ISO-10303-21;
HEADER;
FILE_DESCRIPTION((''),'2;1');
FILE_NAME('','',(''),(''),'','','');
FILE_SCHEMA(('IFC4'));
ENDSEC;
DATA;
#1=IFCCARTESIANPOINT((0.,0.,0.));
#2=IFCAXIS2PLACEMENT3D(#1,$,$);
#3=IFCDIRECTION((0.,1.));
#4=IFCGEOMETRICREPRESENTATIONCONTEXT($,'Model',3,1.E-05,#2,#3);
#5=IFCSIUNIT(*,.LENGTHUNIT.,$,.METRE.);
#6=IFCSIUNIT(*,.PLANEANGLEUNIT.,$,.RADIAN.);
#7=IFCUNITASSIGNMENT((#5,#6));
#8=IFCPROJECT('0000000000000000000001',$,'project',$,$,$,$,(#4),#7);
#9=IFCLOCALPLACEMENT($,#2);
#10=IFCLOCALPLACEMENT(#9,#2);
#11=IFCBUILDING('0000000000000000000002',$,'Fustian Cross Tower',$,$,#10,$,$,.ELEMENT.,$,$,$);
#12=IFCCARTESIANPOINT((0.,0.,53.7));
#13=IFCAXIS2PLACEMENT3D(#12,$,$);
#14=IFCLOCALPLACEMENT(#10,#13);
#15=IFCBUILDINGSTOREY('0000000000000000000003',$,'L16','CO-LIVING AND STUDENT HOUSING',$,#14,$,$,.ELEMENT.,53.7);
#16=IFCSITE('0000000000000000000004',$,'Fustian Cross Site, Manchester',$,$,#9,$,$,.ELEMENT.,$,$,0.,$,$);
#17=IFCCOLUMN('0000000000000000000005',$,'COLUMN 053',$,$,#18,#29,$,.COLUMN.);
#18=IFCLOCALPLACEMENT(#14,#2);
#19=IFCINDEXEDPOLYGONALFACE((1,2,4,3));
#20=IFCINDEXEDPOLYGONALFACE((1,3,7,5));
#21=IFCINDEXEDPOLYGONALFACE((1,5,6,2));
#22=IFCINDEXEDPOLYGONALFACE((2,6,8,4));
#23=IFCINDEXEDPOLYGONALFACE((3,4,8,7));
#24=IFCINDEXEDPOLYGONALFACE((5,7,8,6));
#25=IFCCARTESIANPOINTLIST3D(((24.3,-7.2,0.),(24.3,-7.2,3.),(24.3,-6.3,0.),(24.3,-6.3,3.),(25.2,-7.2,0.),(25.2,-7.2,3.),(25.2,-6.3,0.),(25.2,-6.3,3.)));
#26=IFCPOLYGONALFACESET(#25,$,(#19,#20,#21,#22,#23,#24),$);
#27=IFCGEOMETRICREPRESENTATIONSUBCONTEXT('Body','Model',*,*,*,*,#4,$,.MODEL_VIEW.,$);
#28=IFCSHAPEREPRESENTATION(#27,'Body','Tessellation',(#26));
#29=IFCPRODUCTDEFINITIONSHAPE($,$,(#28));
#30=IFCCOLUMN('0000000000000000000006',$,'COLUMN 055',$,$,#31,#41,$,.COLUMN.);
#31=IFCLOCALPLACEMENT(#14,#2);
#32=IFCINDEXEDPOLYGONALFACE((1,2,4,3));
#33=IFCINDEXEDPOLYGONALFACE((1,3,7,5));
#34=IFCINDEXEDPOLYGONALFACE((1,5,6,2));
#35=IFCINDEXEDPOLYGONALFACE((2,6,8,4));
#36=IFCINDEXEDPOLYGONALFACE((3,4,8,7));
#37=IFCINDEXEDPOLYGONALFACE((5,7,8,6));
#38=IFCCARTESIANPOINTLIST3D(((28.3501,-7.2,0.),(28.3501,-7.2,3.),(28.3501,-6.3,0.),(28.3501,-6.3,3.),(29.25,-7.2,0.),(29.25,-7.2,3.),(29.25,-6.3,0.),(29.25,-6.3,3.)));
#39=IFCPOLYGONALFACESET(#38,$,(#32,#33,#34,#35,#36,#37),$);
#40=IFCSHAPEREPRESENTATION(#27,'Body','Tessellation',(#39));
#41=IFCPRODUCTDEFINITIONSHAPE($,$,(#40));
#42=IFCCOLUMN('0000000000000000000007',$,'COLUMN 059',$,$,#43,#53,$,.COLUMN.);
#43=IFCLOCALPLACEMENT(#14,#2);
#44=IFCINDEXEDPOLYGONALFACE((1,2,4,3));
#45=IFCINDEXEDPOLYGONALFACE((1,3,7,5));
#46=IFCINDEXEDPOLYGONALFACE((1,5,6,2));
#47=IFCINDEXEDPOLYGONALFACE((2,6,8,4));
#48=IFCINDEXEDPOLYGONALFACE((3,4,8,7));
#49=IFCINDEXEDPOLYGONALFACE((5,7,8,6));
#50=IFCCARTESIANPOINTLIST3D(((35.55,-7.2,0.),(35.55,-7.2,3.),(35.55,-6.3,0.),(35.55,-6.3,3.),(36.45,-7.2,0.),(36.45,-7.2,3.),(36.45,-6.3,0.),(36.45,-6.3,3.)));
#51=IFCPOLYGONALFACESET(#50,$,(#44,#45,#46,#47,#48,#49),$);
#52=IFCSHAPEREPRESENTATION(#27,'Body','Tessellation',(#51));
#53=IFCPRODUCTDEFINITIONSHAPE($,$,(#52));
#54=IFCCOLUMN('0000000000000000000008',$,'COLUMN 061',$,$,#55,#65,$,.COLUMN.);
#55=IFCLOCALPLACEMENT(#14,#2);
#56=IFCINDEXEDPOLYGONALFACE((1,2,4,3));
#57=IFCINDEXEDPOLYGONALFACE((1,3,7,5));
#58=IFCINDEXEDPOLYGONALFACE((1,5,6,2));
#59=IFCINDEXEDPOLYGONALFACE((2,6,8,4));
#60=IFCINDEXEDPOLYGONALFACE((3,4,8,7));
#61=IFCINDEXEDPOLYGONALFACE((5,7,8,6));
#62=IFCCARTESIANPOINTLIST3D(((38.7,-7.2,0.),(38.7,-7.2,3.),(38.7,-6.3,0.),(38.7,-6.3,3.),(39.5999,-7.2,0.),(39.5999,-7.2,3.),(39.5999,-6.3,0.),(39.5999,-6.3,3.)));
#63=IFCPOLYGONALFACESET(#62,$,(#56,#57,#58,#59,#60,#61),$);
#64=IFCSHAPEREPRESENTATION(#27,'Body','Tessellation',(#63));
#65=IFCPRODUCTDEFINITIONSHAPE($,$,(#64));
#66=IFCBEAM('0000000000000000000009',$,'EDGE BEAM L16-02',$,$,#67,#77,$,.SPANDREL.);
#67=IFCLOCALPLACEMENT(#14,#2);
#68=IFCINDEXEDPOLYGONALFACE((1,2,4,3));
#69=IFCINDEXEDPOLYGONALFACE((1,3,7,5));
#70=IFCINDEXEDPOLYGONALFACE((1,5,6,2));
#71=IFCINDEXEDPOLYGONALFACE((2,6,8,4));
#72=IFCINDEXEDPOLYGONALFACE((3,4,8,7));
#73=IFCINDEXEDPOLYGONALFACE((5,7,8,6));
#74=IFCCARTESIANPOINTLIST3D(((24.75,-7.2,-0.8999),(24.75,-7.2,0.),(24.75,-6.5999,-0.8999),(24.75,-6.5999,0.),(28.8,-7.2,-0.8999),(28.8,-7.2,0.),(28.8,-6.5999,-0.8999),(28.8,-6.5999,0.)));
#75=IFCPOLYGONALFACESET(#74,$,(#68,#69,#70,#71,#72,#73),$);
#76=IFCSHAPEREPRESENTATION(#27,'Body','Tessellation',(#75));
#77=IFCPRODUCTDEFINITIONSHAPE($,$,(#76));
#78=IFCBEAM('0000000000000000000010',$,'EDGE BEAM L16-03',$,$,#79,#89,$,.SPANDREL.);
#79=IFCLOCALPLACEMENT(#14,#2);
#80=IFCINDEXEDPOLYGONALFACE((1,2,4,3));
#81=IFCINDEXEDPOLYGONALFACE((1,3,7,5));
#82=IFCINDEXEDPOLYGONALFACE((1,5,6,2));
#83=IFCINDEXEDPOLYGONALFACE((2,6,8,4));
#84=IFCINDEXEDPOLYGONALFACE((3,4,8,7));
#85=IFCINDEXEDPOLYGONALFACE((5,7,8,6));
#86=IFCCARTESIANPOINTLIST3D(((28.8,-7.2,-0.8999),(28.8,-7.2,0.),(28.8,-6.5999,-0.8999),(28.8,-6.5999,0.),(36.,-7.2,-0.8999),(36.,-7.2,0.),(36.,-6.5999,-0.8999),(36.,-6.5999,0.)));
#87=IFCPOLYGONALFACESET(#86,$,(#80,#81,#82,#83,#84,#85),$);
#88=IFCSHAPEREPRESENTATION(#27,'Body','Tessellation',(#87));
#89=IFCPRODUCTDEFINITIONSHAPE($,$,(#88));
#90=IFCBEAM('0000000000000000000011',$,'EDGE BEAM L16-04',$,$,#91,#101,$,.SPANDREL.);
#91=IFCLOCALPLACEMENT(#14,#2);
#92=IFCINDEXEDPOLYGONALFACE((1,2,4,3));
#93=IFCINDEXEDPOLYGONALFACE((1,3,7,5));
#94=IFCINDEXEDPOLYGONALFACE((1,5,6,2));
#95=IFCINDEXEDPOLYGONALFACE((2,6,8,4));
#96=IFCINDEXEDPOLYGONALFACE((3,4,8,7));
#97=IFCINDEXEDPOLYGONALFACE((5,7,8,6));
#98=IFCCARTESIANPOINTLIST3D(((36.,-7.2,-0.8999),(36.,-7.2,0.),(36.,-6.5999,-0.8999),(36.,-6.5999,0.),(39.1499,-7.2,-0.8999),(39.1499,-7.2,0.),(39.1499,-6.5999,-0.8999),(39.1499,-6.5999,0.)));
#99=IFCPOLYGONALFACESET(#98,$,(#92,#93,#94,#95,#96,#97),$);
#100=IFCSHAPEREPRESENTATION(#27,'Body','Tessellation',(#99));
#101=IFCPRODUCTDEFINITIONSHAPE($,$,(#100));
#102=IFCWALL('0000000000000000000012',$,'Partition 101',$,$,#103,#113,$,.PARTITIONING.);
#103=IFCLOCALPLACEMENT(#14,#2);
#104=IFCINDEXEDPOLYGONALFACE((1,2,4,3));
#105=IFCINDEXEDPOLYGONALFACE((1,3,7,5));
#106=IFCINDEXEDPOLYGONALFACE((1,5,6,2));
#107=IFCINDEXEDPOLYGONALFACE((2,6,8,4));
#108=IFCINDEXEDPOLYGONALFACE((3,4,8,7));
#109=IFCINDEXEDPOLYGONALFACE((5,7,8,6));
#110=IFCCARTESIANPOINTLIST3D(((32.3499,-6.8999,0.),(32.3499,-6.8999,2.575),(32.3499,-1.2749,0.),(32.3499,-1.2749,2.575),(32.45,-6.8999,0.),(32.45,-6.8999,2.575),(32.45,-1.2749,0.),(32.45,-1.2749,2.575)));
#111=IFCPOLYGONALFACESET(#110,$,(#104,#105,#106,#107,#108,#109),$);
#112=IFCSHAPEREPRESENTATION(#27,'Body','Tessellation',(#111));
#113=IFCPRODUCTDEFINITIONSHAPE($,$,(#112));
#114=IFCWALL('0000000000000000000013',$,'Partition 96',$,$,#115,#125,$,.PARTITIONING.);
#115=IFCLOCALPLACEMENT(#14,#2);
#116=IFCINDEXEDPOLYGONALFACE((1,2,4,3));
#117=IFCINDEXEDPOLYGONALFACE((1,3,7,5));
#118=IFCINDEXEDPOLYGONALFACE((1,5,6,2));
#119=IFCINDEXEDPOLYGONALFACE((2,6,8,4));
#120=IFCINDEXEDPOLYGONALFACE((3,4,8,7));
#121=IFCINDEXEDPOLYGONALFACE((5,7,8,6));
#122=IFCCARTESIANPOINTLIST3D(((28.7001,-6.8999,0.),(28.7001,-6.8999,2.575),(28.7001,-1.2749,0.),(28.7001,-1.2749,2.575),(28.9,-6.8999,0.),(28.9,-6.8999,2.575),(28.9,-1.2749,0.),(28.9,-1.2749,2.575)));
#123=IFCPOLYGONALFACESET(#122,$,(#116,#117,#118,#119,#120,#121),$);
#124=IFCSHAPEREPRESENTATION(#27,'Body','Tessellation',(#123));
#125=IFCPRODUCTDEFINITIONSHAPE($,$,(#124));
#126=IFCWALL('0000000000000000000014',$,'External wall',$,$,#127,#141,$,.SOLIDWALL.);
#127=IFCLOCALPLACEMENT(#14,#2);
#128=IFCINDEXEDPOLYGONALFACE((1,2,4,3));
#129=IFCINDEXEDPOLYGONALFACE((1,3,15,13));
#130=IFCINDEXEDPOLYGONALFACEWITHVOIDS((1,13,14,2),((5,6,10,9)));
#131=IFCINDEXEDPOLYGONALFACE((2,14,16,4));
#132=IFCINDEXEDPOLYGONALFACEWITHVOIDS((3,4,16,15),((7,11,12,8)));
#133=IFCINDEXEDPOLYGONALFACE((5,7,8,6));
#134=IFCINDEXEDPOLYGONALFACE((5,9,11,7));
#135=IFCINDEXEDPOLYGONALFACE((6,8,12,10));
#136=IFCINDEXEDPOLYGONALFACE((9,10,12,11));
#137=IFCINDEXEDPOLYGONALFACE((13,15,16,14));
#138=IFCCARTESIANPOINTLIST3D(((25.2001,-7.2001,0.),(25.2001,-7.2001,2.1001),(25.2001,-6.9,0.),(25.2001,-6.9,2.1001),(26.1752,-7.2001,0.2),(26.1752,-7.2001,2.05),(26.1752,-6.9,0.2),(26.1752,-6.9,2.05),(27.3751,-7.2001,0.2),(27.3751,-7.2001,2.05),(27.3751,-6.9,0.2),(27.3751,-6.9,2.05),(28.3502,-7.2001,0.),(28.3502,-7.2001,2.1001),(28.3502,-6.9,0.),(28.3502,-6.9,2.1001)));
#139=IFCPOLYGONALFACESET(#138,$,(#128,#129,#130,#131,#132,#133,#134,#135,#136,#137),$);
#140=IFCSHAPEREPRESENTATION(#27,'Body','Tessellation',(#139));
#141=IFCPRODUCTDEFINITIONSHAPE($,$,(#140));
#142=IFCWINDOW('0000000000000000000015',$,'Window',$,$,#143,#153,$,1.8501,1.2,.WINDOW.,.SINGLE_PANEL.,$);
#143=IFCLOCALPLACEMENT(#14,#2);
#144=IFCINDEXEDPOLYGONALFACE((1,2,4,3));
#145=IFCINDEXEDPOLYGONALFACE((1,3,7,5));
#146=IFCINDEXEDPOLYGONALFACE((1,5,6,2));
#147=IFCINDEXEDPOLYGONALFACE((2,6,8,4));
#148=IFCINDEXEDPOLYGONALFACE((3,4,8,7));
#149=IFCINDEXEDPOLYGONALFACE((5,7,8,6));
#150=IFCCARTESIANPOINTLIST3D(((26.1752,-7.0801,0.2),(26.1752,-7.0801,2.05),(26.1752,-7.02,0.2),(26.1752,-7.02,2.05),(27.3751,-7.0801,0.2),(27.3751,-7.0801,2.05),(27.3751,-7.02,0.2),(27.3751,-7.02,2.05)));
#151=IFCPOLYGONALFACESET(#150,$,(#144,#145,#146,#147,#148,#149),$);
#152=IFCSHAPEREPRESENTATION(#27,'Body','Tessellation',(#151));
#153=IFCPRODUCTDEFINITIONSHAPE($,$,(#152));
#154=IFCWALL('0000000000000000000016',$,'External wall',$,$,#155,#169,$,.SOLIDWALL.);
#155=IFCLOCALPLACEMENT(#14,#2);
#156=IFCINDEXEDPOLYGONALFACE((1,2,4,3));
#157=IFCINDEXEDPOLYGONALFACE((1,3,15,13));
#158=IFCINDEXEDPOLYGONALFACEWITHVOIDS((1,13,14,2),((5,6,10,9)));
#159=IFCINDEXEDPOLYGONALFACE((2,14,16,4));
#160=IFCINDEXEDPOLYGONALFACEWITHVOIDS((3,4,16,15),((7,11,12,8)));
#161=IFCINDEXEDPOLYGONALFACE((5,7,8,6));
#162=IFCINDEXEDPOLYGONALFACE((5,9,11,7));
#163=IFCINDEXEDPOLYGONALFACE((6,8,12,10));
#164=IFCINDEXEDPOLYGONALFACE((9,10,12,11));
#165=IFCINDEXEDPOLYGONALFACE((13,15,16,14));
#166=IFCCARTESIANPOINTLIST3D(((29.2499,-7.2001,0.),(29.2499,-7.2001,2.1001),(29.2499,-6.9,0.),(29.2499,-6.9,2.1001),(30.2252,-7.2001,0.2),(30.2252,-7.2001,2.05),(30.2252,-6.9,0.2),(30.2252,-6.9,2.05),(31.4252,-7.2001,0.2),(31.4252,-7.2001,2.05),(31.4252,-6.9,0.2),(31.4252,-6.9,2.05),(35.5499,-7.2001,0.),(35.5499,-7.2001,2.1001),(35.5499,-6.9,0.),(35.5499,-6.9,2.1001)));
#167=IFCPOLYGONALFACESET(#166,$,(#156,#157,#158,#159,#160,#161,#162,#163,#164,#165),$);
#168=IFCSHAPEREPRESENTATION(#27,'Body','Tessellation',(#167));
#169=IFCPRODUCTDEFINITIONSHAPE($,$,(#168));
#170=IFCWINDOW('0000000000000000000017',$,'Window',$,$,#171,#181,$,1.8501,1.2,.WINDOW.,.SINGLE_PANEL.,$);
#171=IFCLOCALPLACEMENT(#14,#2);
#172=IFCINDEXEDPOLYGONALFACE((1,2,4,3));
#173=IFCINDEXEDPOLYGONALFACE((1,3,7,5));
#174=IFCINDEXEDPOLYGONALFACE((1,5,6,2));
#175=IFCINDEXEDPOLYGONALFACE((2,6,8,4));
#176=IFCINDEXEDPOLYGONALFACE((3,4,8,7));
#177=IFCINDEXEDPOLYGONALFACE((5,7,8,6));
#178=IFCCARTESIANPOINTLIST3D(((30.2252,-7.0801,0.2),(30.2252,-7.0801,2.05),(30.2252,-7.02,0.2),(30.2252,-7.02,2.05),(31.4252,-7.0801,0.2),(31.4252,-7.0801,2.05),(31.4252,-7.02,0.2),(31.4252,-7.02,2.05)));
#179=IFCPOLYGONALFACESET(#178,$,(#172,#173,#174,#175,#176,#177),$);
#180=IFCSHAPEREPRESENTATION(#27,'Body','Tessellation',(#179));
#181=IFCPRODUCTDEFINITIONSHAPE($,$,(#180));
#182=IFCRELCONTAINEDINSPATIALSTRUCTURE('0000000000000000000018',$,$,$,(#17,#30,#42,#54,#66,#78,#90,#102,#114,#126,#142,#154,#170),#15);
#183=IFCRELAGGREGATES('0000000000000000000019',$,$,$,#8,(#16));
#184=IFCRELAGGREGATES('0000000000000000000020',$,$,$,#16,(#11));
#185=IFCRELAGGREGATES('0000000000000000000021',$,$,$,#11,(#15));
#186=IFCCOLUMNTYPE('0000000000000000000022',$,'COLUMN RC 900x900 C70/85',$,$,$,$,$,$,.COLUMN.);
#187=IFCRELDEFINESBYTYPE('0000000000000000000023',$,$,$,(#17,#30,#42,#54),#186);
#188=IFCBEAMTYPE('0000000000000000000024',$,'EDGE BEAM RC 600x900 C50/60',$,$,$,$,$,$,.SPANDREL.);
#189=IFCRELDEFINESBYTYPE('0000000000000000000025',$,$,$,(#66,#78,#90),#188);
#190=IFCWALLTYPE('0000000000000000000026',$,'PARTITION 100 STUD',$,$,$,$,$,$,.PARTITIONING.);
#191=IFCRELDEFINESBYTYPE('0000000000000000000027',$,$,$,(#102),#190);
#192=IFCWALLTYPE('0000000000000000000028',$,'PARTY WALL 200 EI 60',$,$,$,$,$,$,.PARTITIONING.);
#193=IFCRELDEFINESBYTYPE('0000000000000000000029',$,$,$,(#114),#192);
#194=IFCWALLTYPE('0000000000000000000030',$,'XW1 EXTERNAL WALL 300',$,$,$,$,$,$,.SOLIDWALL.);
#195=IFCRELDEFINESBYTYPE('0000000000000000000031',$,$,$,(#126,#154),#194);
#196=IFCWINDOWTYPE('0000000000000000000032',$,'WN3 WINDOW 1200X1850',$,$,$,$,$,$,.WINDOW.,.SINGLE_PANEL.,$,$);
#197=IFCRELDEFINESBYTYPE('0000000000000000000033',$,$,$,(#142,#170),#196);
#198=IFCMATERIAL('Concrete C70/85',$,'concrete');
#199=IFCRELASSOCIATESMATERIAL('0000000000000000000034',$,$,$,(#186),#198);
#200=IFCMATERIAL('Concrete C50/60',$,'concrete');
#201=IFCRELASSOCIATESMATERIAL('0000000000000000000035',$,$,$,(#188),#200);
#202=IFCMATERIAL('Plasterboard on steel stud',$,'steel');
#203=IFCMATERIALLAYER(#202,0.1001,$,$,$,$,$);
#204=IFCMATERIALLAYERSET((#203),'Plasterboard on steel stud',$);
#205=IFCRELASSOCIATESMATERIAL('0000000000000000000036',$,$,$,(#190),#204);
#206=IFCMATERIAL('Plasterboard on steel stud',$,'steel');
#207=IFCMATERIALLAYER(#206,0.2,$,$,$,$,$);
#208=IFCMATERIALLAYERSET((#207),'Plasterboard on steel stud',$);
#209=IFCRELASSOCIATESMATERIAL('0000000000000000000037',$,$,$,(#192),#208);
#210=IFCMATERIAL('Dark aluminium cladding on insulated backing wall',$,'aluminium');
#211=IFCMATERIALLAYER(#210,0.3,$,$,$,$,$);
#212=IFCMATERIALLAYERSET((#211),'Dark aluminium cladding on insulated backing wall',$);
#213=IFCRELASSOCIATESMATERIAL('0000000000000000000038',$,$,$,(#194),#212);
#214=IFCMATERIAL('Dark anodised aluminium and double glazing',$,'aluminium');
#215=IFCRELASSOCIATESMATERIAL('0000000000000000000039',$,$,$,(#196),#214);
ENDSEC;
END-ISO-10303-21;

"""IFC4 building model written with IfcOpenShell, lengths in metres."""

from ifc_helpers import new_model, si_unit, direction, frame, frame_2d, origin, origin_2d, place, context, subcontext, project, spatial, rectangle, extrude, material, layer, layer_set, material_profile, profile_set, type_object, element, fill, save


model = new_model("IFC4")

# Units and contexts
model_context = context("Model", 3, precision=1e-05, world=origin(), true_north=direction((0.0, 1.0)))
body_context = subcontext(model_context, "Body", "Model", "MODEL_VIEW")
ifc_project = project(units=[si_unit("LENGTHUNIT", "METRE"), si_unit("PLANEANGLEUNIT", "RADIAN")], contexts=[model_context])

# Site, building, storey
site_placement = place(None, origin())
site = spatial("IfcSite", under=ifc_project, at=site_placement, Name="Fustian Cross Site, Manchester", CompositionType="ELEMENT", RefElevation=0.0)
building_placement = place(site_placement, origin())
building = spatial("IfcBuilding", under=site, at=building_placement, Name="Fustian Cross Tower", CompositionType="ELEMENT")
storey_placement = place(building_placement, frame((0.0, 0.0, 53.7)))
storey = spatial("IfcBuildingStorey", under=building, at=storey_placement, Name="L16", Description="CO-LIVING AND STUDENT HOUSING", CompositionType="ELEMENT", Elevation=53.7)

# Columns
ifc_material_1 = material(Name="Concrete C70/85", Category="concrete")
ifc_material_profile_1 = material_profile(ifc_material_1, rectangle(XDim=0.8999, YDim=0.8999, at=origin_2d()), Name="RC 900x900")
ifc_profile_set_1 = profile_set([ifc_material_profile_1], Name="Concrete C70/85")
column_type = type_object("IfcColumnType", Name="COLUMN RC 900x900 C70/85", PredefinedType="COLUMN", material=ifc_profile_set_1)
for number, where, z_axis, x_axis, name in (
    (1, (24.75, -6.75, 0.0), (0.0, 0.0, 1.0), (1.0, 0.0, 0.0), "COLUMN 053"),
    (2, (28.8, -6.75, 0.0), (0.0, 0.0, 1.0), (1.0, 0.0, 0.0), "COLUMN 055"),
    (3, (36.0, -6.75, 0.0), (0.0, 0.0, 1.0), (1.0, 0.0, 0.0), "COLUMN 059"),
    (4, (39.1499, -6.75, 0.0), (0.0, 0.0, 1.0), (1.0, 0.0, 0.0), "COLUMN 061"),
):
    element("IfcColumn", number, at=place(storey_placement, frame(where, z_axis=z_axis, x_axis=x_axis)), inside=storey, type_object=column_type, Name=name, PredefinedType="COLUMN", context=body_context, shape_type="SweptSolid", body=[
        extrude(rectangle(XDim=0.8999, YDim=0.8999, at=origin_2d()), origin(), (0.0, 0.0, 1.0), 3.0),
    ])

# Beams
ifc_material_2 = material(Name="Concrete C50/60", Category="concrete")
ifc_material_profile_2 = material_profile(ifc_material_2, rectangle(XDim=0.6001, YDim=0.8999, at=origin_2d()), Name="RC 600x900")
ifc_profile_set_2 = profile_set([ifc_material_profile_2], Name="Concrete C50/60")
beam_type = type_object("IfcBeamType", Name="EDGE BEAM RC 600x900 C50/60", PredefinedType="SPANDREL", material=ifc_profile_set_2)
beam_1_placement = place(storey_placement, frame((24.75, -6.8999, -0.45), z_axis=(1.0, 0.0, 0.0), x_axis=(0.0, 1.0, 0.0)))
element("IfcBeam", 5, at=beam_1_placement, inside=storey, type_object=beam_type, Name="EDGE BEAM L16-02", PredefinedType="SPANDREL", context=body_context, shape_type="SweptSolid", body=[
    extrude(rectangle(XDim=0.6001, YDim=0.8999, at=origin_2d()), origin(), (0.0, 0.0, 1.0), 4.05),
])
beam_2_placement = place(storey_placement, frame((28.8, -6.8999, -0.45), z_axis=(1.0, 0.0, 0.0), x_axis=(0.0, 1.0, 0.0)))
element("IfcBeam", 6, at=beam_2_placement, inside=storey, type_object=beam_type, Name="EDGE BEAM L16-03", PredefinedType="SPANDREL", context=body_context, shape_type="SweptSolid", body=[
    extrude(rectangle(XDim=0.6001, YDim=0.8999, at=origin_2d()), origin(), (0.0, 0.0, 1.0), 7.2),
])
beam_3_placement = place(storey_placement, frame((36.0, -6.8999, -0.45), z_axis=(1.0, 0.0, 0.0), x_axis=(0.0, 1.0, 0.0)))
element("IfcBeam", 7, at=beam_3_placement, inside=storey, type_object=beam_type, Name="EDGE BEAM L16-04", PredefinedType="SPANDREL", context=body_context, shape_type="SweptSolid", body=[
    extrude(rectangle(XDim=0.6001, YDim=0.8999, at=origin_2d()), origin(), (0.0, 0.0, 1.0), 3.1499),
])

# Walls
ifc_material_3 = material(Name="Plasterboard on steel stud", Category="steel")
ifc_layer_1 = layer(ifc_material_3, 0.1001)
ifc_layer_set_1 = layer_set([ifc_layer_1], Name="Plasterboard on steel stud")
wall_type_1 = type_object("IfcWallType", Name="PARTITION 100 STUD", PredefinedType="PARTITIONING", material=ifc_layer_set_1)
wall_1_placement = place(storey_placement, frame((32.3999, -6.8999, 0.0), z_axis=(0.0, 0.0, 1.0), x_axis=(0.0, 1.0, 0.0)))
element("IfcWall", 8, at=wall_1_placement, inside=storey, type_object=wall_type_1, Name="Partition 101", PredefinedType="PARTITIONING", context=body_context, shape_type="SweptSolid", body=[
    extrude(rectangle(XDim=5.625, YDim=0.1001, at=frame_2d((2.8125, 0.0))), origin(), (0.0, 0.0, 1.0), 2.575),
])
ifc_material_4 = material(Name="Plasterboard on steel stud", Category="steel")
ifc_layer_2 = layer(ifc_material_4, 0.2)
ifc_layer_set_2 = layer_set([ifc_layer_2], Name="Plasterboard on steel stud")
wall_type_2 = type_object("IfcWallType", Name="PARTY WALL 200 EI 60", PredefinedType="PARTITIONING", material=ifc_layer_set_2)
wall_2_placement = place(storey_placement, frame((28.8, -6.8999, 0.0), z_axis=(0.0, 0.0, 1.0), x_axis=(0.0, 1.0, 0.0)))
element("IfcWall", 9, at=wall_2_placement, inside=storey, type_object=wall_type_2, Name="Partition 96", PredefinedType="PARTITIONING", context=body_context, shape_type="SweptSolid", body=[
    extrude(rectangle(XDim=5.625, YDim=0.2, at=frame_2d((2.8125, 0.0))), origin(), (0.0, 0.0, 1.0), 2.575),
])

# Walls, openings, windows
ifc_material_5 = material(Name="Dark aluminium cladding on insulated backing wall", Category="aluminium")
ifc_layer_3 = layer(ifc_material_5, 0.3)
ifc_layer_set_3 = layer_set([ifc_layer_3], Name="Dark aluminium cladding on insulated backing wall")
wall_type_3 = type_object("IfcWallType", Name="XW1 EXTERNAL WALL 300", PredefinedType="SOLIDWALL", material=ifc_layer_set_3)
wall_3_placement = place(storey_placement, frame((25.2, -7.05, 0.0), z_axis=(0.0, 0.0, 1.0), x_axis=(1.0, 0.0, 0.0)))
wall_3 = element("IfcWall", 10, at=wall_3_placement, inside=storey, type_object=wall_type_3, Name="External wall", PredefinedType="SOLIDWALL", context=body_context, shape_type="SweptSolid", body=[
    extrude(rectangle(XDim=3.1501, YDim=0.3, at=frame_2d((1.5752, 0.0))), origin(), (0.0, 0.0, 1.0), 2.1001),
])
opening_1_placement = place(wall_3_placement, frame((0.9751, 0.0, 0.2)))
opening_1 = element("IfcOpeningElement", 11, at=opening_1_placement, cuts=wall_3, PredefinedType="OPENING", context=body_context, shape_type="SweptSolid", body=[
    extrude(rectangle(XDim=1.2, YDim=1.8501, at=frame_2d((0.6001, 0.925))), frame((0.0, 0.1599, 0.0), z_axis=(0.0, -1.0, 0.0), x_axis=(1.0, 0.0, 0.0)), (0.0, 0.0, 1.0), 0.3201),
])
ifc_material_6 = material(Name="Dark anodised aluminium and double glazing", Category="aluminium")
window_type = type_object("IfcWindowType", Name="WN3 WINDOW 1200X1850", PartitioningType="SINGLE_PANEL", PredefinedType="WINDOW", material=ifc_material_6)
window_1_placement = place(opening_1_placement, origin())
window_1 = element("IfcWindow", 12, at=window_1_placement, inside=storey, type_object=window_type, Name="Window", OverallHeight=1.8501, OverallWidth=1.2, PartitioningType="SINGLE_PANEL", PredefinedType="WINDOW", context=body_context, shape_type="SweptSolid", body=[
    extrude(rectangle(XDim=1.2, YDim=1.8501, at=frame_2d((0.6001, 0.925))), frame((0.0, 0.03, 0.0), z_axis=(0.0, -1.0, 0.0), x_axis=(1.0, 0.0, 0.0)), (0.0, 0.0, 1.0), 0.0601),
])
fill(opening_1, window_1)
wall_4_placement = place(storey_placement, frame((29.25, -7.05, 0.0), z_axis=(0.0, 0.0, 1.0), x_axis=(1.0, 0.0, 0.0)))
wall_4 = element("IfcWall", 13, at=wall_4_placement, inside=storey, type_object=wall_type_3, Name="External wall", PredefinedType="SOLIDWALL", context=body_context, shape_type="SweptSolid", body=[
    extrude(rectangle(XDim=6.3, YDim=0.3, at=frame_2d((3.1499, 0.0))), origin(), (0.0, 0.0, 1.0), 2.1001),
])
opening_2_placement = place(wall_4_placement, frame((0.9751, 0.0, 0.2)))
opening_2 = element("IfcOpeningElement", 14, at=opening_2_placement, cuts=wall_4, PredefinedType="OPENING", context=body_context, shape_type="SweptSolid", body=[
    extrude(rectangle(XDim=1.2, YDim=1.8501, at=frame_2d((0.6001, 0.925))), frame((0.0, 0.1599, 0.0), z_axis=(0.0, -1.0, 0.0), x_axis=(1.0, 0.0, 0.0)), (0.0, 0.0, 1.0), 0.3201),
])
window_2_placement = place(opening_2_placement, origin())
window_2 = element("IfcWindow", 15, at=window_2_placement, inside=storey, type_object=window_type, Name="Window", OverallHeight=1.8501, OverallWidth=1.2, PartitioningType="SINGLE_PANEL", PredefinedType="WINDOW", context=body_context, shape_type="SweptSolid", body=[
    extrude(rectangle(XDim=1.2, YDim=1.8501, at=frame_2d((0.6001, 0.925))), frame((0.0, 0.03, 0.0), z_axis=(0.0, -1.0, 0.0), x_axis=(1.0, 0.0, 0.0)), (0.0, 0.0, 1.0), 0.0601),
])
fill(opening_2, window_2)

save(model, "model.ifc")
